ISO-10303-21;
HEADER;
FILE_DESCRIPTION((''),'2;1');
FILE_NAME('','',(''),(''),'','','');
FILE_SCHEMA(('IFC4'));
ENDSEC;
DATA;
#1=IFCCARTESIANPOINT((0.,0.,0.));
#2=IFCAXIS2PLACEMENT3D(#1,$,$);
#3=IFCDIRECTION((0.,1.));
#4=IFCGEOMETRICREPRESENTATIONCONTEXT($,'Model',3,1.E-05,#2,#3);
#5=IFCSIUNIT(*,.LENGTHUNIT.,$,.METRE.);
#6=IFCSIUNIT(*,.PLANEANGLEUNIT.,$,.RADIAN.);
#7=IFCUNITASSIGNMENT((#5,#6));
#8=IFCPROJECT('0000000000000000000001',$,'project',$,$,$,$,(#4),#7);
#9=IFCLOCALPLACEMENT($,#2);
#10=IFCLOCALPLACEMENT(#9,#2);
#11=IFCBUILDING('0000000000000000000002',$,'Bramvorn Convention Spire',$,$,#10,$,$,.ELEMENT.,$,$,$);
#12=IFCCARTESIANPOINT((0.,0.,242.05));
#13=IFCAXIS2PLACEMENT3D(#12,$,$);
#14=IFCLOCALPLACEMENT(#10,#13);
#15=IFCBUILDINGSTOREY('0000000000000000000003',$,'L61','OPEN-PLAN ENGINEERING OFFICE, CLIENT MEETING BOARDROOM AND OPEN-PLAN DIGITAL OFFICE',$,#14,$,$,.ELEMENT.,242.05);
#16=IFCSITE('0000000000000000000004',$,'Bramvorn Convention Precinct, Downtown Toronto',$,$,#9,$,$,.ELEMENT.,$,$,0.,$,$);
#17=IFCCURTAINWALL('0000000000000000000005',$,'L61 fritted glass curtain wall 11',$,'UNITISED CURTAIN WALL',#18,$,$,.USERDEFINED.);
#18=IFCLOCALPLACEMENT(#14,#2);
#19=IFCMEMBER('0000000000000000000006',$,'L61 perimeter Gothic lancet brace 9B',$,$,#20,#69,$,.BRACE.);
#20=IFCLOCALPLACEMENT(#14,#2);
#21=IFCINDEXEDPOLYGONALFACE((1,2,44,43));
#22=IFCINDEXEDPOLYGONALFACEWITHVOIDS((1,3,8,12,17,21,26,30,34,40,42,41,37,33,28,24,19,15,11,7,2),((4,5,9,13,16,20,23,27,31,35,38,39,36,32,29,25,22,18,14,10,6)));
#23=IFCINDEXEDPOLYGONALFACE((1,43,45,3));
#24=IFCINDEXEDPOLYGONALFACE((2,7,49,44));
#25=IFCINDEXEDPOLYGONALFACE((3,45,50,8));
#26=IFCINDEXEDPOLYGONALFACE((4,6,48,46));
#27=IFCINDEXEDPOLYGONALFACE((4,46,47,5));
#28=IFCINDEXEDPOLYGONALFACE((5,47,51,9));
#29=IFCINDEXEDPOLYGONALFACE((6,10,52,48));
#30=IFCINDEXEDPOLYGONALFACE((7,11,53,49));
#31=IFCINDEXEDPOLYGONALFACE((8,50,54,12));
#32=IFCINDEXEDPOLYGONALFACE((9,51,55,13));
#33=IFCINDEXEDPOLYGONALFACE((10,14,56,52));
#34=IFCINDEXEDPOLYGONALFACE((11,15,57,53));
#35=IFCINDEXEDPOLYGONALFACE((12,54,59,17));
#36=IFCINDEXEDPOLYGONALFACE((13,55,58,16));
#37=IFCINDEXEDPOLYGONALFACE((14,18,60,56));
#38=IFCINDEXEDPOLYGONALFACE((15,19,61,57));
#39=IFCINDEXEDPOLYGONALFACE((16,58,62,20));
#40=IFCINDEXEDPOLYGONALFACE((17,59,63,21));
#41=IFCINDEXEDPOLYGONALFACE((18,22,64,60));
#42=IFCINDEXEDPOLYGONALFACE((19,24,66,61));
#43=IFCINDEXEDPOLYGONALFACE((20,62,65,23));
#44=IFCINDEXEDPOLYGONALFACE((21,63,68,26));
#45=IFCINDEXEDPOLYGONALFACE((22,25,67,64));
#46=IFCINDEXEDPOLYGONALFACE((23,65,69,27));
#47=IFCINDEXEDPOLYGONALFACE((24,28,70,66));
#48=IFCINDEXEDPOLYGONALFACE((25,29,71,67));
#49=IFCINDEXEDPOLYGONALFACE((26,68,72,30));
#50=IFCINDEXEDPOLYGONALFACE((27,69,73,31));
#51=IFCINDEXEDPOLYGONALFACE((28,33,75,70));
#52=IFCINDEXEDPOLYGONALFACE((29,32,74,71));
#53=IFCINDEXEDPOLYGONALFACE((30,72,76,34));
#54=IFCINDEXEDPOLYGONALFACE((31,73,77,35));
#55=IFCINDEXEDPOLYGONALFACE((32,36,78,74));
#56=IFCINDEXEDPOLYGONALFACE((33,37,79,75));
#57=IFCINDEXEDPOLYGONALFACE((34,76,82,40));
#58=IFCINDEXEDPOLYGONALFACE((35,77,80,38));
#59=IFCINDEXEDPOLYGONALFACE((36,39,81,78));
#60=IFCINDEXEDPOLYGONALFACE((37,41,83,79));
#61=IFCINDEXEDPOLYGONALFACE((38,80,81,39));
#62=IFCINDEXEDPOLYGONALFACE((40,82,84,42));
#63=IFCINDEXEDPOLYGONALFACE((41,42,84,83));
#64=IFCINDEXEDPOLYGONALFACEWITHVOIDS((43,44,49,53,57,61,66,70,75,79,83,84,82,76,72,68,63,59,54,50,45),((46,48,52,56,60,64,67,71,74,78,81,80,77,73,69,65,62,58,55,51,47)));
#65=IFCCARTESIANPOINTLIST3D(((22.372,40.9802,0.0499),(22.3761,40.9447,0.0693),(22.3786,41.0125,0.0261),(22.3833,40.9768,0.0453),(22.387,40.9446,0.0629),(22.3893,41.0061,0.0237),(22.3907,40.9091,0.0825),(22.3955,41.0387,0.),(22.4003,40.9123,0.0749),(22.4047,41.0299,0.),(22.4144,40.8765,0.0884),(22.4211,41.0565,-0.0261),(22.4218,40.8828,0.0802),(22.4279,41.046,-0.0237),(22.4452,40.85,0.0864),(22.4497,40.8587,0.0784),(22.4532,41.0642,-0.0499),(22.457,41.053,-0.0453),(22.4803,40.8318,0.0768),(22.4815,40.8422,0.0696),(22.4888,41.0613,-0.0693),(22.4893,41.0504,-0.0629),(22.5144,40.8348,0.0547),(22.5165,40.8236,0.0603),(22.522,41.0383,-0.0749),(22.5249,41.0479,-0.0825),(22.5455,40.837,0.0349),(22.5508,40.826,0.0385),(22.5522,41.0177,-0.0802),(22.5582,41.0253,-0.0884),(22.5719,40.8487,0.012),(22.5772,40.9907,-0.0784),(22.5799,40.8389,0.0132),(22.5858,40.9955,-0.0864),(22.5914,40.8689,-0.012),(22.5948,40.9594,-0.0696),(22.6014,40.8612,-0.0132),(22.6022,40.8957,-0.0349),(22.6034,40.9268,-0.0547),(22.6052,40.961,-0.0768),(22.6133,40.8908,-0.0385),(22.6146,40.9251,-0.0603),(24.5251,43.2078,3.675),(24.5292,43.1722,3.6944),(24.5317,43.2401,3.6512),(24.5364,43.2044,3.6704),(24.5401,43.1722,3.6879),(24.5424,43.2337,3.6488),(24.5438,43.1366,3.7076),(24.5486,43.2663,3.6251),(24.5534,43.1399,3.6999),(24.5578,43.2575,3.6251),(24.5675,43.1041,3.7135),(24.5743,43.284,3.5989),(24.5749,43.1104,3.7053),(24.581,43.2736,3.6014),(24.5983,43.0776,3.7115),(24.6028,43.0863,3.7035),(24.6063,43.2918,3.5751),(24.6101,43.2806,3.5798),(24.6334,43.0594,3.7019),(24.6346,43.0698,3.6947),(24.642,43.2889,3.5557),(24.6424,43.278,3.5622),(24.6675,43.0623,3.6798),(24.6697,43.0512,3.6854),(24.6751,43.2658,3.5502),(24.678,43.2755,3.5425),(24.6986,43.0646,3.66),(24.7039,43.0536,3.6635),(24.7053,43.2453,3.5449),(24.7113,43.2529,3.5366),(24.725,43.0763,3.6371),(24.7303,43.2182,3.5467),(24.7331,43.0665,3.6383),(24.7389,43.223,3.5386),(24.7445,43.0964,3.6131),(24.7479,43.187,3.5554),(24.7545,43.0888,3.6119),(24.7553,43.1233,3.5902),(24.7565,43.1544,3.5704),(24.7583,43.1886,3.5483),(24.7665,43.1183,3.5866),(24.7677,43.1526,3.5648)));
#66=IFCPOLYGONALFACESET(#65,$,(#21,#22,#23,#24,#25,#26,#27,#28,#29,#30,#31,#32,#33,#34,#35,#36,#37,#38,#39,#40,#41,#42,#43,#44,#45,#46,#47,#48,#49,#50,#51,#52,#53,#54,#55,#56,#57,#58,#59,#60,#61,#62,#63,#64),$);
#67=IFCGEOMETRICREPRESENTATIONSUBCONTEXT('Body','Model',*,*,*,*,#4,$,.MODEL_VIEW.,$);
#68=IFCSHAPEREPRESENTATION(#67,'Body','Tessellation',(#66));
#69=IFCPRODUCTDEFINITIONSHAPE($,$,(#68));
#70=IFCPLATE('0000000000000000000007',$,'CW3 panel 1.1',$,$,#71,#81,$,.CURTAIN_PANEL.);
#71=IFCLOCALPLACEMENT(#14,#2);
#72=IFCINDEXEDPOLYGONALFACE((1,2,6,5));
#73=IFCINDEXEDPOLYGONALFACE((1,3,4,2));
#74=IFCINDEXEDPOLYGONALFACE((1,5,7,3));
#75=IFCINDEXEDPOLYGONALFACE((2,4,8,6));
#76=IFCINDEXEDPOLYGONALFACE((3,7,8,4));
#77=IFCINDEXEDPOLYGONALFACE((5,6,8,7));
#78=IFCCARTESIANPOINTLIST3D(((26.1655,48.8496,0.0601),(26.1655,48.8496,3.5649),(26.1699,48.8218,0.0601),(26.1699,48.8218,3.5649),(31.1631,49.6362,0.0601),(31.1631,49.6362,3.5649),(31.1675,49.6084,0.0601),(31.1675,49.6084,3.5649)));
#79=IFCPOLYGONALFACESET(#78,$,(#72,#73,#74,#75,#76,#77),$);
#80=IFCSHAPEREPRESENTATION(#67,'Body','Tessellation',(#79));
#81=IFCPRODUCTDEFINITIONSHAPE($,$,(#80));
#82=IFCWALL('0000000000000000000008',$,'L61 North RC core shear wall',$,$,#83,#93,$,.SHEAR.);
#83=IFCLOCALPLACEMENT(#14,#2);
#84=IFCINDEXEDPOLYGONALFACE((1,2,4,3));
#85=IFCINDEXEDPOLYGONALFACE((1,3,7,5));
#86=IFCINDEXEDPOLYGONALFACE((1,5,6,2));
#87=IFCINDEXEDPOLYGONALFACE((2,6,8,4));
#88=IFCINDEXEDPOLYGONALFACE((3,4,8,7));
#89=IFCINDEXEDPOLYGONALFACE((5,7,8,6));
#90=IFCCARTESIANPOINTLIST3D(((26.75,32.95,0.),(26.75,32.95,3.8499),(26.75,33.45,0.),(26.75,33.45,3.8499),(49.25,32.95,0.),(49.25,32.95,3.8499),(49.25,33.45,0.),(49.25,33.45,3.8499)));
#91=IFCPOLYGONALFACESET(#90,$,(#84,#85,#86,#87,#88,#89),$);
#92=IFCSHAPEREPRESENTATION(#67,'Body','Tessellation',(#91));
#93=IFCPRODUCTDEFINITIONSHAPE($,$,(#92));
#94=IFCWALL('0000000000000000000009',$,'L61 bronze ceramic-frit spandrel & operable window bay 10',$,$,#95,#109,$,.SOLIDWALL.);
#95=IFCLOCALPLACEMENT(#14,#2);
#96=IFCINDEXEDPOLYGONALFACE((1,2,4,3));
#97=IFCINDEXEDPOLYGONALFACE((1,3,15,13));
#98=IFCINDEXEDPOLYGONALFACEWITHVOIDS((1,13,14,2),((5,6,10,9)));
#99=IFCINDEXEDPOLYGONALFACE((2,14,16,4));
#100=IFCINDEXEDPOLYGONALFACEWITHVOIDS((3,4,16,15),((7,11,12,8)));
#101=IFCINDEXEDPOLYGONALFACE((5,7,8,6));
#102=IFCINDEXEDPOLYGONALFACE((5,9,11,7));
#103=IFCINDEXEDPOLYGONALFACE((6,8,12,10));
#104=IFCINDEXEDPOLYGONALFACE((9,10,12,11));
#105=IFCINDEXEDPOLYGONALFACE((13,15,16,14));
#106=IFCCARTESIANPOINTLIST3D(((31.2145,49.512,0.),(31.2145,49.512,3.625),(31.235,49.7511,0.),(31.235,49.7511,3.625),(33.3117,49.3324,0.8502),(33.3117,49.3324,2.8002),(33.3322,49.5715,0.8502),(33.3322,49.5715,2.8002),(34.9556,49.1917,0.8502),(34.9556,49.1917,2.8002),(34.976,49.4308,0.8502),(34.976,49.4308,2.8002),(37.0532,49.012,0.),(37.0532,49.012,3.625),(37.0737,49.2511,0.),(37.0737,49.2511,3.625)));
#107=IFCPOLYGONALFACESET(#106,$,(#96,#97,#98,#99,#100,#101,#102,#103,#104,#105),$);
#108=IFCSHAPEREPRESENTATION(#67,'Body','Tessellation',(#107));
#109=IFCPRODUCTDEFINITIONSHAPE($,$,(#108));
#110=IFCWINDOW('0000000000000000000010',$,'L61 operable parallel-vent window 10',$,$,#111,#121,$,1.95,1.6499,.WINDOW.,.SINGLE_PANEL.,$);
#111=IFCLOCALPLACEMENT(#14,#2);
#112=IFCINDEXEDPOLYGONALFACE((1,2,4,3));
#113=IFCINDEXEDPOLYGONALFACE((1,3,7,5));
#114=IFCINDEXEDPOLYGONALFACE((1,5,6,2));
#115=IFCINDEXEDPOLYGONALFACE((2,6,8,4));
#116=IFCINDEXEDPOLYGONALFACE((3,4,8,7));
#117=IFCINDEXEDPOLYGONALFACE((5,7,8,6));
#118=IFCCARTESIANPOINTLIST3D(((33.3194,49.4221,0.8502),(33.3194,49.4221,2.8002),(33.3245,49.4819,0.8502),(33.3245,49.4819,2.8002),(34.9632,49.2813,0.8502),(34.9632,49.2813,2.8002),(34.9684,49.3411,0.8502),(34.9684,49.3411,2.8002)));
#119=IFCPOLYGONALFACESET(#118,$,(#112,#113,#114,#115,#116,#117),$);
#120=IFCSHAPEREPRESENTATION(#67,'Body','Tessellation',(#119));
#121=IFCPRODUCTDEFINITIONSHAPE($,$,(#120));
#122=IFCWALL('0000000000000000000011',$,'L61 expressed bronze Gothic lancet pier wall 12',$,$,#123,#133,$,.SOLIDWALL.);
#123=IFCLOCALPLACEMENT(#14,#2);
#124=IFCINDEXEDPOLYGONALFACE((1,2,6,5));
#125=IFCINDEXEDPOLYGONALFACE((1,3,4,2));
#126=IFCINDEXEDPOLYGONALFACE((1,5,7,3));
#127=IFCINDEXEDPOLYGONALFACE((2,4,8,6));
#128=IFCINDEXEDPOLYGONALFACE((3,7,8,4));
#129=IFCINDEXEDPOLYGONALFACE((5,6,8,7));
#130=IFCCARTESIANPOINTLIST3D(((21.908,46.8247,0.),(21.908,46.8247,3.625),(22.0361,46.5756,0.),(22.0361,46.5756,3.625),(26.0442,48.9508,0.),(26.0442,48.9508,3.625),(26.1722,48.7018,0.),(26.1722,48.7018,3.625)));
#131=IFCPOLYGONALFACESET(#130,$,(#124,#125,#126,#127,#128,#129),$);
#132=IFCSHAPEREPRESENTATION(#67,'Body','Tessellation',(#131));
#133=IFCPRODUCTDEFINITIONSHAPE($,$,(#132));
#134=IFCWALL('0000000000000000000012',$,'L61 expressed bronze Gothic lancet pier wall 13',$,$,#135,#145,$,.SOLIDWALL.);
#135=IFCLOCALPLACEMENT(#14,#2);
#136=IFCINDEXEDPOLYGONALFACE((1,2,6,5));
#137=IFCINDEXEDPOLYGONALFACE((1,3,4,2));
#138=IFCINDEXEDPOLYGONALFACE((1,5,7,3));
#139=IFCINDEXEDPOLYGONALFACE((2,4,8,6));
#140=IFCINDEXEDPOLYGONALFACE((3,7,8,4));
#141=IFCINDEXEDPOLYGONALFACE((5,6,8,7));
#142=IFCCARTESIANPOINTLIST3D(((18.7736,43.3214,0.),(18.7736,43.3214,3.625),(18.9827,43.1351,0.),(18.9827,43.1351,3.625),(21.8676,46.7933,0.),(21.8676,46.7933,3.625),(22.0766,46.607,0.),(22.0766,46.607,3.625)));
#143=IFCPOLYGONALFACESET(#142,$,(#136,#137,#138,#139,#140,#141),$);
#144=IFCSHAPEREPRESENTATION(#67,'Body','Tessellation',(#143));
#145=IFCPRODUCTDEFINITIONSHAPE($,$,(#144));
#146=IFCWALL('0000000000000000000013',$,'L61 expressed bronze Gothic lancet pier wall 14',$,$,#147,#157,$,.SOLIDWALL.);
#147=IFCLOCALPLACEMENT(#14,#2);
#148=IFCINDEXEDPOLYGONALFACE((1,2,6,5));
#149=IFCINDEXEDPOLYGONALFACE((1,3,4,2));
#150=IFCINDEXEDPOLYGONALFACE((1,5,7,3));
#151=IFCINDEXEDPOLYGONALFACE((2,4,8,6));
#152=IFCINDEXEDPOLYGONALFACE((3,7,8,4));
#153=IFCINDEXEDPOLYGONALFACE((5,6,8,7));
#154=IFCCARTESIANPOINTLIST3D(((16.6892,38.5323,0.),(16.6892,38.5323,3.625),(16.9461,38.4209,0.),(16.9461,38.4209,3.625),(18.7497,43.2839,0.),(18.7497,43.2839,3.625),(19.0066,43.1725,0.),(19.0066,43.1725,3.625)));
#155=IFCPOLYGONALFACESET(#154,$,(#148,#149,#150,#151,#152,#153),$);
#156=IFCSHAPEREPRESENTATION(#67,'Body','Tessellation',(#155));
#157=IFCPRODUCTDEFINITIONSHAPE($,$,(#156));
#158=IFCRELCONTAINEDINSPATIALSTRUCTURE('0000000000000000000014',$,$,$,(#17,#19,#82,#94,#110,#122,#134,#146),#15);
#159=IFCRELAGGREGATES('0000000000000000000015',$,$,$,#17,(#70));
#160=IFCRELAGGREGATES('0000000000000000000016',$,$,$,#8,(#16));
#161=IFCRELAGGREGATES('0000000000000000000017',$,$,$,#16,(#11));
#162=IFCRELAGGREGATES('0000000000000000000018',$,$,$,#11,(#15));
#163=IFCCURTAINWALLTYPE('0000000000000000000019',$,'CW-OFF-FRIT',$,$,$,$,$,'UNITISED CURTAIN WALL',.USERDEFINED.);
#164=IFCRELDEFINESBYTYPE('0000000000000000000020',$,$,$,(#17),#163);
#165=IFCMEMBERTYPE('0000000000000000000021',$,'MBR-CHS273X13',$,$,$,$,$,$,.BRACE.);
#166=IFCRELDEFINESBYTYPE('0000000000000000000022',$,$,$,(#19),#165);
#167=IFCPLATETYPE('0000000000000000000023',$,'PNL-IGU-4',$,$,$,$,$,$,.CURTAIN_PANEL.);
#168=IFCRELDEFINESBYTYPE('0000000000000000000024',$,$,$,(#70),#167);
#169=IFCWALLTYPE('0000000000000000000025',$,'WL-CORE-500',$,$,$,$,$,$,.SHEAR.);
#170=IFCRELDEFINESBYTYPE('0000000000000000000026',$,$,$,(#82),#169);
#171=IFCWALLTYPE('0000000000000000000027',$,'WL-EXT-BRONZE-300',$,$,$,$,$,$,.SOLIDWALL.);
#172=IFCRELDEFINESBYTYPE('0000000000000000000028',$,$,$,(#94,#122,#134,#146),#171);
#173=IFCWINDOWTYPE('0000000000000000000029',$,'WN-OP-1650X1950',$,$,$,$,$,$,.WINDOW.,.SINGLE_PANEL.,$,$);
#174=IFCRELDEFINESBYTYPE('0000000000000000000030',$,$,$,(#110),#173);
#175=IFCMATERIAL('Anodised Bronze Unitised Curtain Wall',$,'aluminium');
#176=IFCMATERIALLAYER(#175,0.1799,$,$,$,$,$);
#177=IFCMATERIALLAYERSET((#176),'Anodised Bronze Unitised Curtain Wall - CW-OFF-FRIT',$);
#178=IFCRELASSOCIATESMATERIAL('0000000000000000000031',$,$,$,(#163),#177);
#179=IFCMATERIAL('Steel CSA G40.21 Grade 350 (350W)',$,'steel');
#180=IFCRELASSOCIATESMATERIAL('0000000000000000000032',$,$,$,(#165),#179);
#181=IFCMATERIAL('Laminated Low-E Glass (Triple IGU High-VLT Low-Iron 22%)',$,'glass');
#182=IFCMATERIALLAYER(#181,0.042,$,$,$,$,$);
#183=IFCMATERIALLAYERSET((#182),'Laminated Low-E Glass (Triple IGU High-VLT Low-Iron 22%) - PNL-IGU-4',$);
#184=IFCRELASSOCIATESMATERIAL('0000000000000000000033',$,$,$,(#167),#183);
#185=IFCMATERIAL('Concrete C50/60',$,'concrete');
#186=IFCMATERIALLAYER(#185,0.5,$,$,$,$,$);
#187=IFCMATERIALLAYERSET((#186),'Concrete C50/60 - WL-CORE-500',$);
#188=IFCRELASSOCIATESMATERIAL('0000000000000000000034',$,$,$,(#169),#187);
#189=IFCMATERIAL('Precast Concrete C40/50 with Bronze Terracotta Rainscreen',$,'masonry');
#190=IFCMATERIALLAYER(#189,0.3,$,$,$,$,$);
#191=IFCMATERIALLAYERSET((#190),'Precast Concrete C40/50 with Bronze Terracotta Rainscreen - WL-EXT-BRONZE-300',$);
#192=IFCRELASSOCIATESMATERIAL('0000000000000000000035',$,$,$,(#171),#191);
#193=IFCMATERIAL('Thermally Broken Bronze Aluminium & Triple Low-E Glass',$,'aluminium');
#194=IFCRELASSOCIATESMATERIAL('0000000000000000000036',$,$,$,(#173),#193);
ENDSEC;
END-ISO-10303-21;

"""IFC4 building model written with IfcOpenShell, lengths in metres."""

from ifc_helpers import new_model, si_unit, direction, frame, frame_2d, origin, origin_2d, place, context, subcontext, project, spatial, rectangle, hollow_circle, extrude, material, layer, layer_set, material_profile, profile_set, type_object, element, fill, aggregate, save


model = new_model("IFC4")

# Units and contexts
model_context = context("Model", 3, precision=1e-05, world=origin(), true_north=direction((0.0, 1.0)))
body_context = subcontext(model_context, "Body", "Model", "MODEL_VIEW")
ifc_project = project(units=[si_unit("LENGTHUNIT", "METRE"), si_unit("PLANEANGLEUNIT", "RADIAN")], contexts=[model_context])

# Site, building, storey
site_placement = place(None, origin())
site = spatial("IfcSite", under=ifc_project, at=site_placement, Name="Bramvorn Convention Precinct, Downtown Toronto", CompositionType="ELEMENT", RefElevation=0.0)
building_placement = place(site_placement, origin())
building = spatial("IfcBuilding", under=site, at=building_placement, Name="Bramvorn Convention Spire", CompositionType="ELEMENT")
storey_placement = place(building_placement, frame((0.0, 0.0, 242.05)))
storey = spatial("IfcBuildingStorey", under=building, at=storey_placement, Name="L61", Description="OPEN-PLAN ENGINEERING OFFICE, CLIENT MEETING BOARDROOM AND OPEN-PLAN DIGITAL OFFICE", CompositionType="ELEMENT", Elevation=242.05)

# Shared definitions
ifc_material_1 = material(Name="Steel CSA G40.21 Grade 350 (350W)", Category="steel")

# Curtain wall
ifc_material_2 = material(Name="Anodised Bronze Unitised Curtain Wall", Category="aluminium")
ifc_layer_1 = layer(ifc_material_2, 0.1799)
ifc_layer_set_1 = layer_set([ifc_layer_1], Name="Anodised Bronze Unitised Curtain Wall - CW-OFF-FRIT")
curtain_wall_type = type_object("IfcCurtainWallType", Name="CW-OFF-FRIT", ElementType="UNITISED CURTAIN WALL", PredefinedType="USERDEFINED", material=ifc_layer_set_1)
curtain_wall_placement = place(storey_placement, origin())
curtain_wall = element("IfcCurtainWall", 1, at=curtain_wall_placement, inside=storey, type_object=curtain_wall_type, Name="L61 fritted glass curtain wall 11", ObjectType="UNITISED CURTAIN WALL", PredefinedType="USERDEFINED")

# Member
ifc_material_profile_1 = material_profile(ifc_material_1, hollow_circle(Radius=0.1365, WallThickness=0.0127, at=origin_2d()))
ifc_profile_set_1 = profile_set([ifc_material_profile_1], Name="Steel CSA G40.21 Grade 350 (350W) - CHS273X13")
member_type_1 = type_object("IfcMemberType", Name="MBR-CHS273X13", PredefinedType="BRACE", material=ifc_profile_set_1)
for number, where, z_axis, x_axis, name in (
    (2, (22.4937, 40.9438, 0.0), (0.451524, 0.467139, 0.760202), (-0.719023, 0.694987, 0.0), "L61 perimeter Gothic lancet brace 9B"),
):
    element("IfcMember", number, at=place(storey_placement, frame(where, z_axis=z_axis, x_axis=x_axis)), inside=storey, type_object=member_type_1, Name=name, PredefinedType="BRACE", context=body_context, shape_type="SweptSolid", body=[
        extrude(hollow_circle(Radius=0.1365, WallThickness=0.0127, at=origin_2d()), origin(), (0.0, 0.0, 1.0), 4.7686),
    ])

# Plate
ifc_material_3 = material(Name="Laminated Low-E Glass (Triple IGU High-VLT Low-Iron 22%)", Category="glass")
ifc_layer_2 = layer(ifc_material_3, 0.042)
ifc_layer_set_2 = layer_set([ifc_layer_2], Name="Laminated Low-E Glass (Triple IGU High-VLT Low-Iron 22%) - PNL-IGU-4")
plate_type = type_object("IfcPlateType", Name="PNL-IGU-4", PredefinedType="CURTAIN_PANEL", material=ifc_layer_set_2)
plate_placement = place(storey_placement, frame((28.6665, 49.229, 0.0601), z_axis=(0.0, 0.0, 1.0), x_axis=(0.987838, 0.155488, 0.0)))
plate = element("IfcPlate", 3, at=plate_placement, type_object=plate_type, Name="CW3 panel 1.1", PredefinedType="CURTAIN_PANEL", context=body_context, shape_type="SweptSolid", body=[
    extrude(rectangle(XDim=5.0591, YDim=0.0281, at=origin_2d()), origin(), (0.0, 0.0, 1.0), 3.5049),
])
aggregate(curtain_wall, [plate])

# Wall
ifc_material_4 = material(Name="Concrete C50/60", Category="concrete")
ifc_layer_3 = layer(ifc_material_4, 0.5)
ifc_layer_set_3 = layer_set([ifc_layer_3], Name="Concrete C50/60 - WL-CORE-500")
wall_type_1 = type_object("IfcWallType", Name="WL-CORE-500", PredefinedType="SHEAR", material=ifc_layer_set_3)
wall_1_placement = place(storey_placement, frame((26.75, 33.2, 0.0), z_axis=(0.0, 0.0, 1.0), x_axis=(1.0, 0.0, 0.0)))
element("IfcWall", 4, at=wall_1_placement, inside=storey, type_object=wall_type_1, Name="L61 North RC core shear wall", PredefinedType="SHEAR", context=body_context, shape_type="SweptSolid", body=[
    extrude(rectangle(XDim=22.5, YDim=0.5, at=frame_2d((11.25, 0.0))), origin(), (0.0, 0.0, 1.0), 3.8499),
])

# Wall, opening, window
ifc_material_5 = material(Name="Precast Concrete C40/50 with Bronze Terracotta Rainscreen", Category="masonry")
ifc_layer_4 = layer(ifc_material_5, 0.3)
ifc_layer_set_4 = layer_set([ifc_layer_4], Name="Precast Concrete C40/50 with Bronze Terracotta Rainscreen - WL-EXT-BRONZE-300")
wall_type_2 = type_object("IfcWallType", Name="WL-EXT-BRONZE-300", PredefinedType="SOLIDWALL", material=ifc_layer_set_4)
wall_2_placement = place(storey_placement, frame((31.2246, 49.6316, 0.0), z_axis=(0.0, 0.0, 1.0), x_axis=(0.996353, -0.085324, 0.0)))
wall_2 = element("IfcWall", 5, at=wall_2_placement, inside=storey, type_object=wall_type_2, Name="L61 bronze ceramic-frit spandrel & operable window bay 10", PredefinedType="SOLIDWALL", context=body_context, shape_type="SweptSolid", body=[
    extrude(rectangle(XDim=5.8601, YDim=0.24, at=frame_2d((2.9302, 0.0))), origin(), (0.0, 0.0, 1.0), 3.625),
])
opening_1_placement = place(wall_2_placement, frame((2.105, 0.0, 0.8501)))
opening_1 = element("IfcOpeningElement", 6, at=opening_1_placement, cuts=wall_2, PredefinedType="OPENING", context=body_context, shape_type="SweptSolid", body=[
    extrude(rectangle(XDim=1.6499, YDim=1.95, at=frame_2d((0.825, 0.9751))), frame((0.0, 0.1299, 0.0), z_axis=(0.0, -1.0, 0.0), x_axis=(1.0, 0.0, 0.0)), (0.0, 0.0, 1.0), 0.26),
])
ifc_material_6 = material(Name="Thermally Broken Bronze Aluminium & Triple Low-E Glass", Category="aluminium")
window_type = type_object("IfcWindowType", Name="WN-OP-1650X1950", PartitioningType="SINGLE_PANEL", PredefinedType="WINDOW", material=ifc_material_6)
window_placement = place(opening_1_placement, origin())
window = element("IfcWindow", 7, at=window_placement, inside=storey, type_object=window_type, Name="L61 operable parallel-vent window 10", OverallHeight=1.95, OverallWidth=1.6499, PartitioningType="SINGLE_PANEL", PredefinedType="WINDOW", context=body_context, shape_type="SweptSolid", body=[
    extrude(rectangle(XDim=1.6499, YDim=1.95, at=frame_2d((0.825, 0.9751))), frame((0.0, 0.03, 0.0), z_axis=(0.0, -1.0, 0.0), x_axis=(1.0, 0.0, 0.0)), (0.0, 0.0, 1.0), 0.0601),
])
fill(opening_1, window)

# Walls
wall_3_placement = place(storey_placement, frame((21.9722, 46.7002, 0.0), z_axis=(0.0, 0.0, 1.0), x_axis=(0.889374, 0.457181, 0.0)))
element("IfcWall", 8, at=wall_3_placement, inside=storey, type_object=wall_type_2, Name="L61 expressed bronze Gothic lancet pier wall 12", PredefinedType="SOLIDWALL", context=body_context, shape_type="SweptSolid", body=[
    extrude(rectangle(XDim=4.6506, YDim=0.28, at=frame_2d((2.3252, 0.0))), origin(), (0.0, 0.0, 1.0), 3.625),
])
wall_4_placement = place(storey_placement, frame((18.8782, 43.2283, 0.0), z_axis=(0.0, 0.0, 1.0), x_axis=(0.665305, 0.746572, 0.0)))
element("IfcWall", 9, at=wall_4_placement, inside=storey, type_object=wall_type_2, Name="L61 expressed bronze Gothic lancet pier wall 13", PredefinedType="SOLIDWALL", context=body_context, shape_type="SweptSolid", body=[
    extrude(rectangle(XDim=4.6504, YDim=0.28, at=frame_2d((2.3252, 0.0))), origin(), (0.0, 0.0, 1.0), 3.625),
])
wall_5_placement = place(storey_placement, frame((16.8176, 38.4766, 0.0), z_axis=(0.0, 0.0, 1.0), x_axis=(0.397847, 0.917452, 0.0)))
element("IfcWall", 10, at=wall_5_placement, inside=storey, type_object=wall_type_2, Name="L61 expressed bronze Gothic lancet pier wall 14", PredefinedType="SOLIDWALL", context=body_context, shape_type="SweptSolid", body=[
    extrude(rectangle(XDim=5.1792, YDim=0.28, at=frame_2d((2.5896, 0.0))), origin(), (0.0, 0.0, 1.0), 3.625),
])

save(model, "model.ifc")
